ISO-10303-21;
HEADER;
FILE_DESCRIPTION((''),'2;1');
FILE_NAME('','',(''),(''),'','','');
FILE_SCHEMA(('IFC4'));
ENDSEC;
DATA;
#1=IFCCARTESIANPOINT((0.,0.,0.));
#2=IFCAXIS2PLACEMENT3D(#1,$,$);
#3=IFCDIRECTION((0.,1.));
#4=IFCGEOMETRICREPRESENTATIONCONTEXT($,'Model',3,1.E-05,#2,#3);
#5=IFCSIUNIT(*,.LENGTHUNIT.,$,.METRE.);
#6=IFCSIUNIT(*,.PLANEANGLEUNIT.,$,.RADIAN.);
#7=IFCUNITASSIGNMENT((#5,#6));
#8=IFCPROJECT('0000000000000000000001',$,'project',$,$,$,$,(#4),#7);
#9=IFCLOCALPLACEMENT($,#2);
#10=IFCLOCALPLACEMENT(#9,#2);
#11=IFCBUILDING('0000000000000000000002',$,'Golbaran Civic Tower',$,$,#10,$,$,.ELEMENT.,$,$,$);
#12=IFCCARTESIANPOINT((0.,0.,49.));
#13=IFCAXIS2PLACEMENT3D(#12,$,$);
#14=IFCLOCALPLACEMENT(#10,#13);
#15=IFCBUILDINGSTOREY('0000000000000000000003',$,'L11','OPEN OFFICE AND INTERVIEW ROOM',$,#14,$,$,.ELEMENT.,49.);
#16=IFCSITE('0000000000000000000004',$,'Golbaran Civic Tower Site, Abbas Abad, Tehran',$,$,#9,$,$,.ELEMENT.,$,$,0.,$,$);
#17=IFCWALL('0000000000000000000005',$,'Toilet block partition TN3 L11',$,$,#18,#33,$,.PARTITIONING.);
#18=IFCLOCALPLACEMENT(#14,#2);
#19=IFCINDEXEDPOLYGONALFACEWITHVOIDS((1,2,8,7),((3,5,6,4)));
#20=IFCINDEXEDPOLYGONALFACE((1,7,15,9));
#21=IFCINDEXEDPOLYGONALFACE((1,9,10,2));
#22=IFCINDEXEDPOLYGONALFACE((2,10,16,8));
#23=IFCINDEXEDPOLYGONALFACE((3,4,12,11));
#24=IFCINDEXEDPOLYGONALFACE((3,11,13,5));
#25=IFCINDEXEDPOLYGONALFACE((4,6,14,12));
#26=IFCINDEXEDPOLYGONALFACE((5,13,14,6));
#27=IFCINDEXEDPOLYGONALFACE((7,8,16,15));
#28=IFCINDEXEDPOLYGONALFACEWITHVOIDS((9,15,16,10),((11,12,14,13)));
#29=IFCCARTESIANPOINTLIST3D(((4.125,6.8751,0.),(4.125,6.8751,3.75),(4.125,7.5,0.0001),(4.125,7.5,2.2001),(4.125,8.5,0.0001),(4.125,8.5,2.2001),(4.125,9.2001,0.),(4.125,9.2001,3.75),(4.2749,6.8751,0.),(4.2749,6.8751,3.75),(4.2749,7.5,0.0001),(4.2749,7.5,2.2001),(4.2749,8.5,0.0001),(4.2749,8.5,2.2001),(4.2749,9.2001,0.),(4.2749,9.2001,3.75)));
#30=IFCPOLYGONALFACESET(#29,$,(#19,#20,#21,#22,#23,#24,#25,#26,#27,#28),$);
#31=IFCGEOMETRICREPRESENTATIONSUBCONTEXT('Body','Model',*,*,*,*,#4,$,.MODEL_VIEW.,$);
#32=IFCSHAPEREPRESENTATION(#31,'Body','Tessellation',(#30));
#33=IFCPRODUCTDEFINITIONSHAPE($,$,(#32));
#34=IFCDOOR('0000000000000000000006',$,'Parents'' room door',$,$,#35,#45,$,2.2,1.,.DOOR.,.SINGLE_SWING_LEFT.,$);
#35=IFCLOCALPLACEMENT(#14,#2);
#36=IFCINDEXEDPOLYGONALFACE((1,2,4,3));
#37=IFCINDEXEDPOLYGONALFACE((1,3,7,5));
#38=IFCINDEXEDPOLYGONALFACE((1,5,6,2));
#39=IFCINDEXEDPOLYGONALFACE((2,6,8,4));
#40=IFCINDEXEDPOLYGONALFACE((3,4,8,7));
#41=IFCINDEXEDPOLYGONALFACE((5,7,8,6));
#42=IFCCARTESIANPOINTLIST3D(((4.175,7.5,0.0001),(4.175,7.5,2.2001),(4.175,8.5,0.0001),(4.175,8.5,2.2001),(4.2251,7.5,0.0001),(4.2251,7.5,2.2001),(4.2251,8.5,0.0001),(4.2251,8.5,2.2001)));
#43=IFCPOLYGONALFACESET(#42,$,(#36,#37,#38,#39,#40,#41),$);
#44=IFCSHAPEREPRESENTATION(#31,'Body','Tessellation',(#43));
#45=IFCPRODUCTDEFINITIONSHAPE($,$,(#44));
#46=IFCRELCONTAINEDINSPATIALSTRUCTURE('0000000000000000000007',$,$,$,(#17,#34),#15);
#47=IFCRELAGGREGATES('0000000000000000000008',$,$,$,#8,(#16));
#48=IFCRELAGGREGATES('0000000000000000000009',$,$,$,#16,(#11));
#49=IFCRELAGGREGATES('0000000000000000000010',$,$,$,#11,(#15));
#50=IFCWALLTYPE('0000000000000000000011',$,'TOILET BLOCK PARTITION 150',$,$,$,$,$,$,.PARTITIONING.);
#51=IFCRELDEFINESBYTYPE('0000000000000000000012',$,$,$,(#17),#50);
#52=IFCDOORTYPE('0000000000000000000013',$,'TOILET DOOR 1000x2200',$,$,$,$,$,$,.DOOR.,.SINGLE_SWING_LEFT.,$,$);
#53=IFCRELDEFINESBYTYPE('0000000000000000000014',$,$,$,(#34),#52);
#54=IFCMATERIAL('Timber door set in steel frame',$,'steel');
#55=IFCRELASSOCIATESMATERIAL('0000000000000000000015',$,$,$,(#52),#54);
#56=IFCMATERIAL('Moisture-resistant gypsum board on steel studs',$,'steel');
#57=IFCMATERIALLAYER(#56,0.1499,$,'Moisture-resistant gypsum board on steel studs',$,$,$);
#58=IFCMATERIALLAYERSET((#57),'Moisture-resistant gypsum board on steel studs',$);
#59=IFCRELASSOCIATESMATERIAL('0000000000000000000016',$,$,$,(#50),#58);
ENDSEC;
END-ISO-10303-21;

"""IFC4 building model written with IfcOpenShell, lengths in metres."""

from ifc_helpers import new_model, si_unit, direction, frame, frame_2d, origin, place, context, subcontext, project, spatial, rectangle, extrude, material, layer, layer_set, type_object, element, fill, save


model = new_model("IFC4")

# Units and contexts
model_context = context("Model", 3, precision=1e-05, world=origin(), true_north=direction((0.0, 1.0)))
body_context = subcontext(model_context, "Body", "Model", "MODEL_VIEW")
ifc_project = project(units=[si_unit("LENGTHUNIT", "METRE"), si_unit("PLANEANGLEUNIT", "RADIAN")], contexts=[model_context])

# Site, building, storey
site_placement = place(None, origin())
site = spatial("IfcSite", under=ifc_project, at=site_placement, Name="Golbaran Civic Tower Site, Abbas Abad, Tehran", CompositionType="ELEMENT", RefElevation=0.0)
building_placement = place(site_placement, origin())
building = spatial("IfcBuilding", under=site, at=building_placement, Name="Golbaran Civic Tower", CompositionType="ELEMENT")
storey_placement = place(building_placement, frame((0.0, 0.0, 49.0)))
storey = spatial("IfcBuildingStorey", under=building, at=storey_placement, Name="L11", Description="OPEN OFFICE AND INTERVIEW ROOM", CompositionType="ELEMENT", Elevation=49.0)

# Shared definitions
ifc_material_1 = material(Name="Timber door set in steel frame", Category="steel")

# Shared definitions
door_type_1 = type_object("IfcDoorType", Name="TOILET DOOR 1000x2200", OperationType="SINGLE_SWING_LEFT", PredefinedType="DOOR", material=ifc_material_1)

# Wall, opening, door
ifc_material_2 = material(Name="Moisture-resistant gypsum board on steel studs", Category="steel")
ifc_layer_1 = layer(ifc_material_2, 0.1499, Name="Moisture-resistant gypsum board on steel studs")
ifc_layer_set_1 = layer_set([ifc_layer_1], Name="Moisture-resistant gypsum board on steel studs")
wall_type_1 = type_object("IfcWallType", Name="TOILET BLOCK PARTITION 150", PredefinedType="PARTITIONING", material=ifc_layer_set_1)
wall_1_placement = place(storey_placement, frame((4.2, 6.875, 0.0), z_axis=(0.0, 0.0, 1.0), x_axis=(0.0, 1.0, 0.0)))
wall_1 = element("IfcWall", 1, at=wall_1_placement, inside=storey, type_object=wall_type_1, Name="Toilet block partition TN3 L11", PredefinedType="PARTITIONING", context=body_context, shape_type="SweptSolid", body=[
    extrude(rectangle(XDim=2.325, YDim=0.1499, at=frame_2d((1.1626, 0.0))), origin(), (0.0, 0.0, 1.0), 3.75),
])
opening_1_placement = place(wall_1_placement, frame((0.625, 0.0, 0.0)))
opening_1 = element("IfcOpeningElement", 2, at=opening_1_placement, cuts=wall_1, PredefinedType="OPENING", context=body_context, shape_type="SweptSolid", body=[
    extrude(rectangle(XDim=1.0, YDim=2.2, at=frame_2d((0.5, 1.1001))), frame((0.0, 0.085, 0.0), z_axis=(0.0, -1.0, 0.0), x_axis=(1.0, 0.0, 0.0)), (0.0, 0.0, 1.0), 0.1699),
])
door_1_placement = place(opening_1_placement, origin())
door_1 = element("IfcDoor", 3, at=door_1_placement, inside=storey, type_object=door_type_1, Name="Parents' room door", OperationType="SINGLE_SWING_LEFT", OverallHeight=2.2, OverallWidth=1.0, PredefinedType="DOOR", context=body_context, shape_type="SweptSolid", body=[
    extrude(rectangle(XDim=1.0, YDim=2.2, at=frame_2d((0.5, 1.1001))), frame((0.0, 0.0249, 0.0), z_axis=(0.0, -1.0, 0.0), x_axis=(1.0, 0.0, 0.0)), (0.0, 0.0, 1.0), 0.05),
])
fill(opening_1, door_1)

save(model, "model.ifc")
